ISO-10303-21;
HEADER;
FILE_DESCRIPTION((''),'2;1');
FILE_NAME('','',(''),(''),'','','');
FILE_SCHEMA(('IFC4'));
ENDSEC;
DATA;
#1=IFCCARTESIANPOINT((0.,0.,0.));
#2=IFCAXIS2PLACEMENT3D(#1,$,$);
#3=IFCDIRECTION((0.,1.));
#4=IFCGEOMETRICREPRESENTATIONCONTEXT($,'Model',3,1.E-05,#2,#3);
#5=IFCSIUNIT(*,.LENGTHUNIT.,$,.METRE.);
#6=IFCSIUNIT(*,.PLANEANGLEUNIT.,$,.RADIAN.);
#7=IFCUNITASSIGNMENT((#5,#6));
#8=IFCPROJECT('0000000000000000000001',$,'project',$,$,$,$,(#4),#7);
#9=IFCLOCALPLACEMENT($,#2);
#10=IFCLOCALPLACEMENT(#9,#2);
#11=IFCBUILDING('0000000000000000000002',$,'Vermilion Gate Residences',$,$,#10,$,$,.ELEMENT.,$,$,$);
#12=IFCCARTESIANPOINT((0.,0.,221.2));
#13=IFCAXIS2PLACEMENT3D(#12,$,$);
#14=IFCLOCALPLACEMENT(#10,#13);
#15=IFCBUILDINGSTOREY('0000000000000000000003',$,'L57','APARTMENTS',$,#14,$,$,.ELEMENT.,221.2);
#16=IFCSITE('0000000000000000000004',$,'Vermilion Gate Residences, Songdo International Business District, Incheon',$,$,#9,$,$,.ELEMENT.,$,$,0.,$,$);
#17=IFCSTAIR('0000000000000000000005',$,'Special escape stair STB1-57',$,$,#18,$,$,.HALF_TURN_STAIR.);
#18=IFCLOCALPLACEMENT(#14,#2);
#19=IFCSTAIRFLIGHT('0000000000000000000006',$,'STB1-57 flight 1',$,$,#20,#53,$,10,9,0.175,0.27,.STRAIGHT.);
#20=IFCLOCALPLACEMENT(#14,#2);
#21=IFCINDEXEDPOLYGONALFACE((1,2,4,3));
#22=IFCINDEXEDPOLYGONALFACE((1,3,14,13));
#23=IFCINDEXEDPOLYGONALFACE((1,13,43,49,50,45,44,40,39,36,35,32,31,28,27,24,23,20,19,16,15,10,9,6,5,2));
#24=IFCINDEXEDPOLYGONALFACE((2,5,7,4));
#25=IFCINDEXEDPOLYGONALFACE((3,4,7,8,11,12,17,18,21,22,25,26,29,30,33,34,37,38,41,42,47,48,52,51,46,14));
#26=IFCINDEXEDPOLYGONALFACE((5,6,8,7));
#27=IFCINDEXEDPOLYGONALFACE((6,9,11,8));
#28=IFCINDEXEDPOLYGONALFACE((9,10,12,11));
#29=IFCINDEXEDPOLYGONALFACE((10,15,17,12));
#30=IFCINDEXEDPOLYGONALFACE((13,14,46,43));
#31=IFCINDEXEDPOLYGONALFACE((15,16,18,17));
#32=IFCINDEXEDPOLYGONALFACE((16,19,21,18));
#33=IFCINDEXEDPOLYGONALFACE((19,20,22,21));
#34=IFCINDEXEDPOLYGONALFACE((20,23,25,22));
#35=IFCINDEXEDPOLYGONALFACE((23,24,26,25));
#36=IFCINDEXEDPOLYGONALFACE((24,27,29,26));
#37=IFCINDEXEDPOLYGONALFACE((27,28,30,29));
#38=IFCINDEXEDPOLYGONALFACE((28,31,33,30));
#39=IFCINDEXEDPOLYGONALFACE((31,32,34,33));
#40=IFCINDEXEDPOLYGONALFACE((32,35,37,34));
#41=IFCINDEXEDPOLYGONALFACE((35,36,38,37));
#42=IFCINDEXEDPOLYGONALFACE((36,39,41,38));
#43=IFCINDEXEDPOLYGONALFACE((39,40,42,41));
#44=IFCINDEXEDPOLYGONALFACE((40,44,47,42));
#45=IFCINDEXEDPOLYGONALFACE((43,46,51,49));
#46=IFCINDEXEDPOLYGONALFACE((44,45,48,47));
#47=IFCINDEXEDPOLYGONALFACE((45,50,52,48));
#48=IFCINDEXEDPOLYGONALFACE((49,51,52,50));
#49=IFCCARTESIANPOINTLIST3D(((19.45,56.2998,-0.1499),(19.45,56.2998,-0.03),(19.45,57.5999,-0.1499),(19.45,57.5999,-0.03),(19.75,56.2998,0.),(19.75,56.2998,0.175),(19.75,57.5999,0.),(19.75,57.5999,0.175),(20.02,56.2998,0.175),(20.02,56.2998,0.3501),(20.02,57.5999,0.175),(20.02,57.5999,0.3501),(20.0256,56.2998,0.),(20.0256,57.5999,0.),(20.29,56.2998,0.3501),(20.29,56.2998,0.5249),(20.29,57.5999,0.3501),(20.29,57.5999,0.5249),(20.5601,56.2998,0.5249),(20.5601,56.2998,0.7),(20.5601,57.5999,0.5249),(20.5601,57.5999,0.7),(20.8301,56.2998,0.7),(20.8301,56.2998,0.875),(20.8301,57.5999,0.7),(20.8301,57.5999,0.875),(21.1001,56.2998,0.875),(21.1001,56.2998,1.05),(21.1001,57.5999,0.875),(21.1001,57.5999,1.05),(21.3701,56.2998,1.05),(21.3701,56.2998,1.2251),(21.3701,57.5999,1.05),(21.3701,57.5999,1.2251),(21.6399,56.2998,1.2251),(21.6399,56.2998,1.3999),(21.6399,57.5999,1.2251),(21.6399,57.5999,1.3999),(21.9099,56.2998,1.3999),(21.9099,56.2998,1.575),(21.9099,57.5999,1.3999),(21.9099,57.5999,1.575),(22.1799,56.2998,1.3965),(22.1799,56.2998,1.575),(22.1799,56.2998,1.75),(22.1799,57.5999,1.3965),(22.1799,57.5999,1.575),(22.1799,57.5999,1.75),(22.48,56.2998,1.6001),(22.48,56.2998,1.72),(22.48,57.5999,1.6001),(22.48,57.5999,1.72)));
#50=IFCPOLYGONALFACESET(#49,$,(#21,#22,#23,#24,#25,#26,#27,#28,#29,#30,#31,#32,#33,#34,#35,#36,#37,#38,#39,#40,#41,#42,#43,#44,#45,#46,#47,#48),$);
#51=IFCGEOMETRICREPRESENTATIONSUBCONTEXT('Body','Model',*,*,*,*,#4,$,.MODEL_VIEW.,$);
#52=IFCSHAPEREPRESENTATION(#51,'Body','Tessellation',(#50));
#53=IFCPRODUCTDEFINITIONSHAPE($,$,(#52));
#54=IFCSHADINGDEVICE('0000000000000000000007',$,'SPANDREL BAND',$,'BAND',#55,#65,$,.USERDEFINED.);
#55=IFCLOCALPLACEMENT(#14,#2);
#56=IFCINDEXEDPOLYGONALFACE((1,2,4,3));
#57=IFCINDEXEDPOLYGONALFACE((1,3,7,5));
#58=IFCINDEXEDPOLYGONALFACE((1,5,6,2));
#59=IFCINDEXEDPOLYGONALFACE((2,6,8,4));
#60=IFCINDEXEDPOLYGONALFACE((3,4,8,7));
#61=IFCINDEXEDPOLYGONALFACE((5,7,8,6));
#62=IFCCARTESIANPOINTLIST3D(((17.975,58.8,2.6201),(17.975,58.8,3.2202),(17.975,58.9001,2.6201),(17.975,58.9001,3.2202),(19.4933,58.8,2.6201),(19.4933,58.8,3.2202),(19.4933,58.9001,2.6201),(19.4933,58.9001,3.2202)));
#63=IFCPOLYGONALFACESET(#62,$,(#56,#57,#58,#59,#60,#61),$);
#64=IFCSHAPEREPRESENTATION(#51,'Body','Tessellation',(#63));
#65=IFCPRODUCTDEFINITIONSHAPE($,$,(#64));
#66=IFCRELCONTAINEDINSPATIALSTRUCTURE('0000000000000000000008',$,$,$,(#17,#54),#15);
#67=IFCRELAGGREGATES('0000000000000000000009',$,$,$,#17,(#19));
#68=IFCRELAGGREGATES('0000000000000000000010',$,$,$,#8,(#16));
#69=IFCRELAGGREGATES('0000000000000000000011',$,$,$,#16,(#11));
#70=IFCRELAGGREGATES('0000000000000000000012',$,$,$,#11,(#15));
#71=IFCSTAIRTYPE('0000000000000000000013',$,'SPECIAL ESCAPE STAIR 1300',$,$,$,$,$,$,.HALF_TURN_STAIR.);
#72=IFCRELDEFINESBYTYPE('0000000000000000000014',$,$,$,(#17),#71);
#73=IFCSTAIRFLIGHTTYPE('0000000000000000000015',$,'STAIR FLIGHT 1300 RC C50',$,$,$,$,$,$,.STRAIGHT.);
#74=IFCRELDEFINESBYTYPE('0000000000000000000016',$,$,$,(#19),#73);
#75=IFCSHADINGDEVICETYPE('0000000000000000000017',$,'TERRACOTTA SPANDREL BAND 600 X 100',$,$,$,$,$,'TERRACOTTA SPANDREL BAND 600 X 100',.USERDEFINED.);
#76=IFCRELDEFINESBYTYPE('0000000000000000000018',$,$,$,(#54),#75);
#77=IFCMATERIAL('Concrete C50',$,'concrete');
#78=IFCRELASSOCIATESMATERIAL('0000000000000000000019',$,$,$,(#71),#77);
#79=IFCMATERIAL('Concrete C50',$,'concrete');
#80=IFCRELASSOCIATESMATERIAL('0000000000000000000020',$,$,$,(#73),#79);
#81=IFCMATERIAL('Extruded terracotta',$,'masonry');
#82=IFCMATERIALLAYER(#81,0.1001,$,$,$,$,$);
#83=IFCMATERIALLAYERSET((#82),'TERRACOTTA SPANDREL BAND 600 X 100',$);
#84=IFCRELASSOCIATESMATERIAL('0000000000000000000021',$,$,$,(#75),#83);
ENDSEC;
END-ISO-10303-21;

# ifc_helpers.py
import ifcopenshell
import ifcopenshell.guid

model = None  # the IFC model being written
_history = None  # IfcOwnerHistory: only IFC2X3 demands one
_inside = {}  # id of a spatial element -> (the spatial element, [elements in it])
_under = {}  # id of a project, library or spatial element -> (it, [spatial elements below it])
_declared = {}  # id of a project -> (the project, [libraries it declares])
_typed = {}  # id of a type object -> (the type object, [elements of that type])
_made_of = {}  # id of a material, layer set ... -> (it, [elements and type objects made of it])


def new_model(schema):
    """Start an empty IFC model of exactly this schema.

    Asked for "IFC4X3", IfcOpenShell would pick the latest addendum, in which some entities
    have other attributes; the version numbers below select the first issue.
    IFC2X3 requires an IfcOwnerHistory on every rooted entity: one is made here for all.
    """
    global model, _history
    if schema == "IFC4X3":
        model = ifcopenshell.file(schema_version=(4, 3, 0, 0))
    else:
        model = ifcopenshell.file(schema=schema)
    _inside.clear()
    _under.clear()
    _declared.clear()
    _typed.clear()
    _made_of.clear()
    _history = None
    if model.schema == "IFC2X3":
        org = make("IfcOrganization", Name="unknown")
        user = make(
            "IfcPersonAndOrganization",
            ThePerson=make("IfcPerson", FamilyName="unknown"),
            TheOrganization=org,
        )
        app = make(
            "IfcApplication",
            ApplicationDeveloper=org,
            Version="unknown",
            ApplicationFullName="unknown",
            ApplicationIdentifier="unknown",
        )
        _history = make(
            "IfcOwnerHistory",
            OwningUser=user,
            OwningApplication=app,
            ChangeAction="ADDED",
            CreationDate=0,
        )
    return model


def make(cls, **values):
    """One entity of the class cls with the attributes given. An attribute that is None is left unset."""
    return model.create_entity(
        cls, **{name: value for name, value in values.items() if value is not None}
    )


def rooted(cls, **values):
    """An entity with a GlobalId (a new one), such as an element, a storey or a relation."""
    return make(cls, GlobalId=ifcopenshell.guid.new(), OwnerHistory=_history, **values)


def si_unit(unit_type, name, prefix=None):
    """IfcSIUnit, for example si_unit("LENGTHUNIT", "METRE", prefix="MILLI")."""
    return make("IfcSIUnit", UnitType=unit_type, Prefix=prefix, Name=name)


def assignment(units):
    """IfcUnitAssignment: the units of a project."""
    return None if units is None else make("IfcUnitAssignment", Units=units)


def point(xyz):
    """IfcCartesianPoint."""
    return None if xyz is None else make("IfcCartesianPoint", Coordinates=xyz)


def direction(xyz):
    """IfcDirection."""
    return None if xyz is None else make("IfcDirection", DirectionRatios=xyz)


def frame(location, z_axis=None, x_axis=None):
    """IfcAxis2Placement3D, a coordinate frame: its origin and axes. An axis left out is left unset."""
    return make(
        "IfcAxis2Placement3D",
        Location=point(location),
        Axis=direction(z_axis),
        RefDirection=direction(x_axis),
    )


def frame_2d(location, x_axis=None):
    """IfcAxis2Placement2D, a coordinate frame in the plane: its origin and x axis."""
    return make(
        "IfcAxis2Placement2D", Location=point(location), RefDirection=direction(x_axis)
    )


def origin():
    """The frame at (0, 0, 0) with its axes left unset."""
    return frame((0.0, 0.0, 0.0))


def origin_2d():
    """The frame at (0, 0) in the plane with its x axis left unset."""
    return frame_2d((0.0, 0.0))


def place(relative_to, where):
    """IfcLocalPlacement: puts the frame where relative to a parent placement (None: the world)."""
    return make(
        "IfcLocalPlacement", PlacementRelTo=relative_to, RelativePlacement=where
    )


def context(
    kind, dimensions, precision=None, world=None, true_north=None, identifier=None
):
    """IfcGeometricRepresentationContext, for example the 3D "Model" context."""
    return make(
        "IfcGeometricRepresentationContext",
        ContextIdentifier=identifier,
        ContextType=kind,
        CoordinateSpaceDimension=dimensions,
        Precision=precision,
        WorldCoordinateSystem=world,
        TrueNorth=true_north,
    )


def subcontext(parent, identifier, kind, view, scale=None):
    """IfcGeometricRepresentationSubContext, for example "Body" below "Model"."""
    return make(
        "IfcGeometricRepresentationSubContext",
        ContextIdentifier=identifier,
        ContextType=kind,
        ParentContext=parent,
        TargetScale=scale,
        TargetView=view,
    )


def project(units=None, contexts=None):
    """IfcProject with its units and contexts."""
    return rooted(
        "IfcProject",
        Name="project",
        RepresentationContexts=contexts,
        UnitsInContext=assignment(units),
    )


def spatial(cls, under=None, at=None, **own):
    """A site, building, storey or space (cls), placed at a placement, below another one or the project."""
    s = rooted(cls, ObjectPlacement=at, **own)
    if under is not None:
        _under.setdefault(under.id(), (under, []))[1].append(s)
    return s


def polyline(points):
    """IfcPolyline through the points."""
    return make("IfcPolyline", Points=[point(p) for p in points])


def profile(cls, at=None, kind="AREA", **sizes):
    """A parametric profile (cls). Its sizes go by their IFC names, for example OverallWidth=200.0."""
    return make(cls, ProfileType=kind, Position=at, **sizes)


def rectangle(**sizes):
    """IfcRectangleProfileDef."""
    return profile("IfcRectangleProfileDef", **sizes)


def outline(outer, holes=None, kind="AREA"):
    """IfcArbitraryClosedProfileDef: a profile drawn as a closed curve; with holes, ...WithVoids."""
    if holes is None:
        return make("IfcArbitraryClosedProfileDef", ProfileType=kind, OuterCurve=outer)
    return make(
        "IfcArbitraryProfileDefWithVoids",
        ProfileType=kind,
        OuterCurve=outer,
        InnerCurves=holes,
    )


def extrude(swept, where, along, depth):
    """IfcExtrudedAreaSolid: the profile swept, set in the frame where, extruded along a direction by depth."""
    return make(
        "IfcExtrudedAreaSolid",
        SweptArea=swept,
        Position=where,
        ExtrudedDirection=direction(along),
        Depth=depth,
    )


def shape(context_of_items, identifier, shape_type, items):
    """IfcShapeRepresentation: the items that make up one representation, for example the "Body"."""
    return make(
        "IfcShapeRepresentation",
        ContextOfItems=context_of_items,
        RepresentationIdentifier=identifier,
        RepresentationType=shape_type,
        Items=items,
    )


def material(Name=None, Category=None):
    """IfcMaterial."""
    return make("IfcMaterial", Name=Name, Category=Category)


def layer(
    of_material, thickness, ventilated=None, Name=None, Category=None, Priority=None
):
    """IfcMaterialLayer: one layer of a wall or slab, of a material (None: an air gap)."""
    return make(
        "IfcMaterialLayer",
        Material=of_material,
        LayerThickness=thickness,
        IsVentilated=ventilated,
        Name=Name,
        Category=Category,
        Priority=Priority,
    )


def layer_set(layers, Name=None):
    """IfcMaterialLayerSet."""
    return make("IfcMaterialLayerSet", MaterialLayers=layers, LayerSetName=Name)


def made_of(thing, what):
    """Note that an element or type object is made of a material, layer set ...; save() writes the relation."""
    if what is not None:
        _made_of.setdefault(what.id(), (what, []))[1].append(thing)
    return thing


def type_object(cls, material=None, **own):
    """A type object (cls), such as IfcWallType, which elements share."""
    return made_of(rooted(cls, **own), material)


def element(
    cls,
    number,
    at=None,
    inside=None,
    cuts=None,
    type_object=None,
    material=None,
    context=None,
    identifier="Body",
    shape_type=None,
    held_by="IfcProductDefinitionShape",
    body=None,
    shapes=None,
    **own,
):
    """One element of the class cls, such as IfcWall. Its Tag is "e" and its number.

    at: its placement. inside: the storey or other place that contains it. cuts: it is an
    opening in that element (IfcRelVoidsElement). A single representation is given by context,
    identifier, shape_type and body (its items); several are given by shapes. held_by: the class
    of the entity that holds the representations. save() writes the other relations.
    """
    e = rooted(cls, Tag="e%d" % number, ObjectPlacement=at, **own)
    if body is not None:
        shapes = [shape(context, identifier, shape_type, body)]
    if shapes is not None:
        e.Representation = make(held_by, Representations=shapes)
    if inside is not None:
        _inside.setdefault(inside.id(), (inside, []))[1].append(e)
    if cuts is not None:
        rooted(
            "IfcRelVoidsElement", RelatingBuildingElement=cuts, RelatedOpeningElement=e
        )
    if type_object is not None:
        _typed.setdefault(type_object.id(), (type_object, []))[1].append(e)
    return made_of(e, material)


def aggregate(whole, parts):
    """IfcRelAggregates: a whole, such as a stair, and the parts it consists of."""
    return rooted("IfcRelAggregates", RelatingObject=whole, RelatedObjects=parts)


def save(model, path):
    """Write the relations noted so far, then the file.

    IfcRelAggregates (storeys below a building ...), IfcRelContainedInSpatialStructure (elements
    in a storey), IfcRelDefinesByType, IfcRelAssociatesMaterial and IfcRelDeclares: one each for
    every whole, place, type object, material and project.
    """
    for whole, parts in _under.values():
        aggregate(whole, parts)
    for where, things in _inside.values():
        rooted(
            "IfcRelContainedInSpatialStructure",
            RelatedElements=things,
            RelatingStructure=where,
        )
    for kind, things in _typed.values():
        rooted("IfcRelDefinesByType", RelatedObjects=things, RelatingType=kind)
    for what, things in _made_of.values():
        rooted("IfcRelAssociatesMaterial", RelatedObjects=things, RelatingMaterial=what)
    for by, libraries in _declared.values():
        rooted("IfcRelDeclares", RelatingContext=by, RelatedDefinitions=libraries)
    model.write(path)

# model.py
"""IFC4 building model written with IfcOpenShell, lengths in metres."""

from ifc_helpers import new_model, si_unit, direction, frame, origin, origin_2d, place, context, subcontext, project, spatial, polyline, rectangle, outline, extrude, material, layer, layer_set, type_object, element, aggregate, save


model = new_model("IFC4")

# Units and contexts
model_context = context("Model", 3, precision=1e-05, world=origin(), true_north=direction((0.0, 1.0)))
body_context = subcontext(model_context, "Body", "Model", "MODEL_VIEW")
ifc_project = project(units=[si_unit("LENGTHUNIT", "METRE"), si_unit("PLANEANGLEUNIT", "RADIAN")], contexts=[model_context])

# Site, building, storey
site_placement = place(None, origin())
site = spatial("IfcSite", under=ifc_project, at=site_placement, Name="Vermilion Gate Residences, Songdo International Business District, Incheon", CompositionType="ELEMENT", RefElevation=0.0)
building_placement = place(site_placement, origin())
building = spatial("IfcBuilding", under=site, at=building_placement, Name="Vermilion Gate Residences", CompositionType="ELEMENT")
storey_placement = place(building_placement, frame((0.0, 0.0, 221.2)))
storey = spatial("IfcBuildingStorey", under=building, at=storey_placement, Name="L57", Description="APARTMENTS", CompositionType="ELEMENT", Elevation=221.2)

# Stair, stair flight
ifc_material_1 = material(Name="Concrete C50", Category="concrete")
stair_type = type_object("IfcStairType", Name="SPECIAL ESCAPE STAIR 1300", PredefinedType="HALF_TURN_STAIR", material=ifc_material_1)
stair_placement = place(storey_placement, origin())
stair = element("IfcStair", 1, at=stair_placement, inside=storey, type_object=stair_type, Name="Special escape stair STB1-57", PredefinedType="HALF_TURN_STAIR")
ifc_material_2 = material(Name="Concrete C50", Category="concrete")
stair_flight_type = type_object("IfcStairFlightType", Name="STAIR FLIGHT 1300 RC C50", PredefinedType="STRAIGHT", material=ifc_material_2)
stair_flight_placement = place(storey_placement, frame((19.75, 56.95, 0.0), z_axis=(0.0, 0.0, 1.0), x_axis=(1.0, 0.0, 0.0)))
stair_flight = element("IfcStairFlight", 2, at=stair_flight_placement, type_object=stair_flight_type, Name="STB1-57 flight 1", NumberOfRisers=10, NumberOfTreads=9, PredefinedType="STRAIGHT", RiserHeight=0.175, TreadLength=0.27, context=body_context, shape_type="SweptSolid", body=[
    extrude(outline(polyline([(-0.3, -0.1499), (-0.3, -0.03), (0.0, 0.0), (0.0, 0.175), (0.27, 0.175), (0.27, 0.3501), (0.54, 0.3501), (0.54, 0.5249), (0.8101, 0.5249), (0.8101, 0.7), (1.0801, 0.7), (1.0801, 0.875), (1.3501, 0.875), (1.3501, 1.05), (1.6201, 1.05), (1.6201, 1.2251), (1.8899, 1.2251), (1.8899, 1.3999), (2.1599, 1.3999), (2.1599, 1.575), (2.4299, 1.575), (2.4299, 1.75), (2.73, 1.72), (2.73, 1.6001), (2.4299, 1.3965), (0.2756, 0.0), (-0.3, -0.1499)])), frame((0.0, 0.6499, 0.0), z_axis=(0.0, -1.0, 0.0), x_axis=(1.0, 0.0, 0.0)), (0.0, 0.0, 1.0), 1.3),
])
aggregate(stair, [stair_flight])

# Shading device
ifc_material_3 = material(Name="Extruded terracotta", Category="masonry")
ifc_layer_1 = layer(ifc_material_3, 0.1001)
ifc_layer_set_1 = layer_set([ifc_layer_1], Name="TERRACOTTA SPANDREL BAND 600 X 100")
shading_device_type = type_object("IfcShadingDeviceType", Name="TERRACOTTA SPANDREL BAND 600 X 100", ElementType="TERRACOTTA SPANDREL BAND 600 X 100", PredefinedType="USERDEFINED", material=ifc_layer_set_1)
shading_device_placement = place(storey_placement, frame((18.7341, 58.8501, 2.6201), z_axis=(0.0, 0.0, 1.0), x_axis=(1.0, 0.0, 0.0)))
element("IfcShadingDevice", 3, at=shading_device_placement, inside=storey, type_object=shading_device_type, Name="SPANDREL BAND", ObjectType="BAND", PredefinedType="USERDEFINED", context=body_context, shape_type="SweptSolid", body=[
    extrude(rectangle(XDim=1.5183, YDim=0.1001, at=origin_2d()), origin(), (0.0, 0.0, 1.0), 0.6001),
])

save(model, "model.ifc")
